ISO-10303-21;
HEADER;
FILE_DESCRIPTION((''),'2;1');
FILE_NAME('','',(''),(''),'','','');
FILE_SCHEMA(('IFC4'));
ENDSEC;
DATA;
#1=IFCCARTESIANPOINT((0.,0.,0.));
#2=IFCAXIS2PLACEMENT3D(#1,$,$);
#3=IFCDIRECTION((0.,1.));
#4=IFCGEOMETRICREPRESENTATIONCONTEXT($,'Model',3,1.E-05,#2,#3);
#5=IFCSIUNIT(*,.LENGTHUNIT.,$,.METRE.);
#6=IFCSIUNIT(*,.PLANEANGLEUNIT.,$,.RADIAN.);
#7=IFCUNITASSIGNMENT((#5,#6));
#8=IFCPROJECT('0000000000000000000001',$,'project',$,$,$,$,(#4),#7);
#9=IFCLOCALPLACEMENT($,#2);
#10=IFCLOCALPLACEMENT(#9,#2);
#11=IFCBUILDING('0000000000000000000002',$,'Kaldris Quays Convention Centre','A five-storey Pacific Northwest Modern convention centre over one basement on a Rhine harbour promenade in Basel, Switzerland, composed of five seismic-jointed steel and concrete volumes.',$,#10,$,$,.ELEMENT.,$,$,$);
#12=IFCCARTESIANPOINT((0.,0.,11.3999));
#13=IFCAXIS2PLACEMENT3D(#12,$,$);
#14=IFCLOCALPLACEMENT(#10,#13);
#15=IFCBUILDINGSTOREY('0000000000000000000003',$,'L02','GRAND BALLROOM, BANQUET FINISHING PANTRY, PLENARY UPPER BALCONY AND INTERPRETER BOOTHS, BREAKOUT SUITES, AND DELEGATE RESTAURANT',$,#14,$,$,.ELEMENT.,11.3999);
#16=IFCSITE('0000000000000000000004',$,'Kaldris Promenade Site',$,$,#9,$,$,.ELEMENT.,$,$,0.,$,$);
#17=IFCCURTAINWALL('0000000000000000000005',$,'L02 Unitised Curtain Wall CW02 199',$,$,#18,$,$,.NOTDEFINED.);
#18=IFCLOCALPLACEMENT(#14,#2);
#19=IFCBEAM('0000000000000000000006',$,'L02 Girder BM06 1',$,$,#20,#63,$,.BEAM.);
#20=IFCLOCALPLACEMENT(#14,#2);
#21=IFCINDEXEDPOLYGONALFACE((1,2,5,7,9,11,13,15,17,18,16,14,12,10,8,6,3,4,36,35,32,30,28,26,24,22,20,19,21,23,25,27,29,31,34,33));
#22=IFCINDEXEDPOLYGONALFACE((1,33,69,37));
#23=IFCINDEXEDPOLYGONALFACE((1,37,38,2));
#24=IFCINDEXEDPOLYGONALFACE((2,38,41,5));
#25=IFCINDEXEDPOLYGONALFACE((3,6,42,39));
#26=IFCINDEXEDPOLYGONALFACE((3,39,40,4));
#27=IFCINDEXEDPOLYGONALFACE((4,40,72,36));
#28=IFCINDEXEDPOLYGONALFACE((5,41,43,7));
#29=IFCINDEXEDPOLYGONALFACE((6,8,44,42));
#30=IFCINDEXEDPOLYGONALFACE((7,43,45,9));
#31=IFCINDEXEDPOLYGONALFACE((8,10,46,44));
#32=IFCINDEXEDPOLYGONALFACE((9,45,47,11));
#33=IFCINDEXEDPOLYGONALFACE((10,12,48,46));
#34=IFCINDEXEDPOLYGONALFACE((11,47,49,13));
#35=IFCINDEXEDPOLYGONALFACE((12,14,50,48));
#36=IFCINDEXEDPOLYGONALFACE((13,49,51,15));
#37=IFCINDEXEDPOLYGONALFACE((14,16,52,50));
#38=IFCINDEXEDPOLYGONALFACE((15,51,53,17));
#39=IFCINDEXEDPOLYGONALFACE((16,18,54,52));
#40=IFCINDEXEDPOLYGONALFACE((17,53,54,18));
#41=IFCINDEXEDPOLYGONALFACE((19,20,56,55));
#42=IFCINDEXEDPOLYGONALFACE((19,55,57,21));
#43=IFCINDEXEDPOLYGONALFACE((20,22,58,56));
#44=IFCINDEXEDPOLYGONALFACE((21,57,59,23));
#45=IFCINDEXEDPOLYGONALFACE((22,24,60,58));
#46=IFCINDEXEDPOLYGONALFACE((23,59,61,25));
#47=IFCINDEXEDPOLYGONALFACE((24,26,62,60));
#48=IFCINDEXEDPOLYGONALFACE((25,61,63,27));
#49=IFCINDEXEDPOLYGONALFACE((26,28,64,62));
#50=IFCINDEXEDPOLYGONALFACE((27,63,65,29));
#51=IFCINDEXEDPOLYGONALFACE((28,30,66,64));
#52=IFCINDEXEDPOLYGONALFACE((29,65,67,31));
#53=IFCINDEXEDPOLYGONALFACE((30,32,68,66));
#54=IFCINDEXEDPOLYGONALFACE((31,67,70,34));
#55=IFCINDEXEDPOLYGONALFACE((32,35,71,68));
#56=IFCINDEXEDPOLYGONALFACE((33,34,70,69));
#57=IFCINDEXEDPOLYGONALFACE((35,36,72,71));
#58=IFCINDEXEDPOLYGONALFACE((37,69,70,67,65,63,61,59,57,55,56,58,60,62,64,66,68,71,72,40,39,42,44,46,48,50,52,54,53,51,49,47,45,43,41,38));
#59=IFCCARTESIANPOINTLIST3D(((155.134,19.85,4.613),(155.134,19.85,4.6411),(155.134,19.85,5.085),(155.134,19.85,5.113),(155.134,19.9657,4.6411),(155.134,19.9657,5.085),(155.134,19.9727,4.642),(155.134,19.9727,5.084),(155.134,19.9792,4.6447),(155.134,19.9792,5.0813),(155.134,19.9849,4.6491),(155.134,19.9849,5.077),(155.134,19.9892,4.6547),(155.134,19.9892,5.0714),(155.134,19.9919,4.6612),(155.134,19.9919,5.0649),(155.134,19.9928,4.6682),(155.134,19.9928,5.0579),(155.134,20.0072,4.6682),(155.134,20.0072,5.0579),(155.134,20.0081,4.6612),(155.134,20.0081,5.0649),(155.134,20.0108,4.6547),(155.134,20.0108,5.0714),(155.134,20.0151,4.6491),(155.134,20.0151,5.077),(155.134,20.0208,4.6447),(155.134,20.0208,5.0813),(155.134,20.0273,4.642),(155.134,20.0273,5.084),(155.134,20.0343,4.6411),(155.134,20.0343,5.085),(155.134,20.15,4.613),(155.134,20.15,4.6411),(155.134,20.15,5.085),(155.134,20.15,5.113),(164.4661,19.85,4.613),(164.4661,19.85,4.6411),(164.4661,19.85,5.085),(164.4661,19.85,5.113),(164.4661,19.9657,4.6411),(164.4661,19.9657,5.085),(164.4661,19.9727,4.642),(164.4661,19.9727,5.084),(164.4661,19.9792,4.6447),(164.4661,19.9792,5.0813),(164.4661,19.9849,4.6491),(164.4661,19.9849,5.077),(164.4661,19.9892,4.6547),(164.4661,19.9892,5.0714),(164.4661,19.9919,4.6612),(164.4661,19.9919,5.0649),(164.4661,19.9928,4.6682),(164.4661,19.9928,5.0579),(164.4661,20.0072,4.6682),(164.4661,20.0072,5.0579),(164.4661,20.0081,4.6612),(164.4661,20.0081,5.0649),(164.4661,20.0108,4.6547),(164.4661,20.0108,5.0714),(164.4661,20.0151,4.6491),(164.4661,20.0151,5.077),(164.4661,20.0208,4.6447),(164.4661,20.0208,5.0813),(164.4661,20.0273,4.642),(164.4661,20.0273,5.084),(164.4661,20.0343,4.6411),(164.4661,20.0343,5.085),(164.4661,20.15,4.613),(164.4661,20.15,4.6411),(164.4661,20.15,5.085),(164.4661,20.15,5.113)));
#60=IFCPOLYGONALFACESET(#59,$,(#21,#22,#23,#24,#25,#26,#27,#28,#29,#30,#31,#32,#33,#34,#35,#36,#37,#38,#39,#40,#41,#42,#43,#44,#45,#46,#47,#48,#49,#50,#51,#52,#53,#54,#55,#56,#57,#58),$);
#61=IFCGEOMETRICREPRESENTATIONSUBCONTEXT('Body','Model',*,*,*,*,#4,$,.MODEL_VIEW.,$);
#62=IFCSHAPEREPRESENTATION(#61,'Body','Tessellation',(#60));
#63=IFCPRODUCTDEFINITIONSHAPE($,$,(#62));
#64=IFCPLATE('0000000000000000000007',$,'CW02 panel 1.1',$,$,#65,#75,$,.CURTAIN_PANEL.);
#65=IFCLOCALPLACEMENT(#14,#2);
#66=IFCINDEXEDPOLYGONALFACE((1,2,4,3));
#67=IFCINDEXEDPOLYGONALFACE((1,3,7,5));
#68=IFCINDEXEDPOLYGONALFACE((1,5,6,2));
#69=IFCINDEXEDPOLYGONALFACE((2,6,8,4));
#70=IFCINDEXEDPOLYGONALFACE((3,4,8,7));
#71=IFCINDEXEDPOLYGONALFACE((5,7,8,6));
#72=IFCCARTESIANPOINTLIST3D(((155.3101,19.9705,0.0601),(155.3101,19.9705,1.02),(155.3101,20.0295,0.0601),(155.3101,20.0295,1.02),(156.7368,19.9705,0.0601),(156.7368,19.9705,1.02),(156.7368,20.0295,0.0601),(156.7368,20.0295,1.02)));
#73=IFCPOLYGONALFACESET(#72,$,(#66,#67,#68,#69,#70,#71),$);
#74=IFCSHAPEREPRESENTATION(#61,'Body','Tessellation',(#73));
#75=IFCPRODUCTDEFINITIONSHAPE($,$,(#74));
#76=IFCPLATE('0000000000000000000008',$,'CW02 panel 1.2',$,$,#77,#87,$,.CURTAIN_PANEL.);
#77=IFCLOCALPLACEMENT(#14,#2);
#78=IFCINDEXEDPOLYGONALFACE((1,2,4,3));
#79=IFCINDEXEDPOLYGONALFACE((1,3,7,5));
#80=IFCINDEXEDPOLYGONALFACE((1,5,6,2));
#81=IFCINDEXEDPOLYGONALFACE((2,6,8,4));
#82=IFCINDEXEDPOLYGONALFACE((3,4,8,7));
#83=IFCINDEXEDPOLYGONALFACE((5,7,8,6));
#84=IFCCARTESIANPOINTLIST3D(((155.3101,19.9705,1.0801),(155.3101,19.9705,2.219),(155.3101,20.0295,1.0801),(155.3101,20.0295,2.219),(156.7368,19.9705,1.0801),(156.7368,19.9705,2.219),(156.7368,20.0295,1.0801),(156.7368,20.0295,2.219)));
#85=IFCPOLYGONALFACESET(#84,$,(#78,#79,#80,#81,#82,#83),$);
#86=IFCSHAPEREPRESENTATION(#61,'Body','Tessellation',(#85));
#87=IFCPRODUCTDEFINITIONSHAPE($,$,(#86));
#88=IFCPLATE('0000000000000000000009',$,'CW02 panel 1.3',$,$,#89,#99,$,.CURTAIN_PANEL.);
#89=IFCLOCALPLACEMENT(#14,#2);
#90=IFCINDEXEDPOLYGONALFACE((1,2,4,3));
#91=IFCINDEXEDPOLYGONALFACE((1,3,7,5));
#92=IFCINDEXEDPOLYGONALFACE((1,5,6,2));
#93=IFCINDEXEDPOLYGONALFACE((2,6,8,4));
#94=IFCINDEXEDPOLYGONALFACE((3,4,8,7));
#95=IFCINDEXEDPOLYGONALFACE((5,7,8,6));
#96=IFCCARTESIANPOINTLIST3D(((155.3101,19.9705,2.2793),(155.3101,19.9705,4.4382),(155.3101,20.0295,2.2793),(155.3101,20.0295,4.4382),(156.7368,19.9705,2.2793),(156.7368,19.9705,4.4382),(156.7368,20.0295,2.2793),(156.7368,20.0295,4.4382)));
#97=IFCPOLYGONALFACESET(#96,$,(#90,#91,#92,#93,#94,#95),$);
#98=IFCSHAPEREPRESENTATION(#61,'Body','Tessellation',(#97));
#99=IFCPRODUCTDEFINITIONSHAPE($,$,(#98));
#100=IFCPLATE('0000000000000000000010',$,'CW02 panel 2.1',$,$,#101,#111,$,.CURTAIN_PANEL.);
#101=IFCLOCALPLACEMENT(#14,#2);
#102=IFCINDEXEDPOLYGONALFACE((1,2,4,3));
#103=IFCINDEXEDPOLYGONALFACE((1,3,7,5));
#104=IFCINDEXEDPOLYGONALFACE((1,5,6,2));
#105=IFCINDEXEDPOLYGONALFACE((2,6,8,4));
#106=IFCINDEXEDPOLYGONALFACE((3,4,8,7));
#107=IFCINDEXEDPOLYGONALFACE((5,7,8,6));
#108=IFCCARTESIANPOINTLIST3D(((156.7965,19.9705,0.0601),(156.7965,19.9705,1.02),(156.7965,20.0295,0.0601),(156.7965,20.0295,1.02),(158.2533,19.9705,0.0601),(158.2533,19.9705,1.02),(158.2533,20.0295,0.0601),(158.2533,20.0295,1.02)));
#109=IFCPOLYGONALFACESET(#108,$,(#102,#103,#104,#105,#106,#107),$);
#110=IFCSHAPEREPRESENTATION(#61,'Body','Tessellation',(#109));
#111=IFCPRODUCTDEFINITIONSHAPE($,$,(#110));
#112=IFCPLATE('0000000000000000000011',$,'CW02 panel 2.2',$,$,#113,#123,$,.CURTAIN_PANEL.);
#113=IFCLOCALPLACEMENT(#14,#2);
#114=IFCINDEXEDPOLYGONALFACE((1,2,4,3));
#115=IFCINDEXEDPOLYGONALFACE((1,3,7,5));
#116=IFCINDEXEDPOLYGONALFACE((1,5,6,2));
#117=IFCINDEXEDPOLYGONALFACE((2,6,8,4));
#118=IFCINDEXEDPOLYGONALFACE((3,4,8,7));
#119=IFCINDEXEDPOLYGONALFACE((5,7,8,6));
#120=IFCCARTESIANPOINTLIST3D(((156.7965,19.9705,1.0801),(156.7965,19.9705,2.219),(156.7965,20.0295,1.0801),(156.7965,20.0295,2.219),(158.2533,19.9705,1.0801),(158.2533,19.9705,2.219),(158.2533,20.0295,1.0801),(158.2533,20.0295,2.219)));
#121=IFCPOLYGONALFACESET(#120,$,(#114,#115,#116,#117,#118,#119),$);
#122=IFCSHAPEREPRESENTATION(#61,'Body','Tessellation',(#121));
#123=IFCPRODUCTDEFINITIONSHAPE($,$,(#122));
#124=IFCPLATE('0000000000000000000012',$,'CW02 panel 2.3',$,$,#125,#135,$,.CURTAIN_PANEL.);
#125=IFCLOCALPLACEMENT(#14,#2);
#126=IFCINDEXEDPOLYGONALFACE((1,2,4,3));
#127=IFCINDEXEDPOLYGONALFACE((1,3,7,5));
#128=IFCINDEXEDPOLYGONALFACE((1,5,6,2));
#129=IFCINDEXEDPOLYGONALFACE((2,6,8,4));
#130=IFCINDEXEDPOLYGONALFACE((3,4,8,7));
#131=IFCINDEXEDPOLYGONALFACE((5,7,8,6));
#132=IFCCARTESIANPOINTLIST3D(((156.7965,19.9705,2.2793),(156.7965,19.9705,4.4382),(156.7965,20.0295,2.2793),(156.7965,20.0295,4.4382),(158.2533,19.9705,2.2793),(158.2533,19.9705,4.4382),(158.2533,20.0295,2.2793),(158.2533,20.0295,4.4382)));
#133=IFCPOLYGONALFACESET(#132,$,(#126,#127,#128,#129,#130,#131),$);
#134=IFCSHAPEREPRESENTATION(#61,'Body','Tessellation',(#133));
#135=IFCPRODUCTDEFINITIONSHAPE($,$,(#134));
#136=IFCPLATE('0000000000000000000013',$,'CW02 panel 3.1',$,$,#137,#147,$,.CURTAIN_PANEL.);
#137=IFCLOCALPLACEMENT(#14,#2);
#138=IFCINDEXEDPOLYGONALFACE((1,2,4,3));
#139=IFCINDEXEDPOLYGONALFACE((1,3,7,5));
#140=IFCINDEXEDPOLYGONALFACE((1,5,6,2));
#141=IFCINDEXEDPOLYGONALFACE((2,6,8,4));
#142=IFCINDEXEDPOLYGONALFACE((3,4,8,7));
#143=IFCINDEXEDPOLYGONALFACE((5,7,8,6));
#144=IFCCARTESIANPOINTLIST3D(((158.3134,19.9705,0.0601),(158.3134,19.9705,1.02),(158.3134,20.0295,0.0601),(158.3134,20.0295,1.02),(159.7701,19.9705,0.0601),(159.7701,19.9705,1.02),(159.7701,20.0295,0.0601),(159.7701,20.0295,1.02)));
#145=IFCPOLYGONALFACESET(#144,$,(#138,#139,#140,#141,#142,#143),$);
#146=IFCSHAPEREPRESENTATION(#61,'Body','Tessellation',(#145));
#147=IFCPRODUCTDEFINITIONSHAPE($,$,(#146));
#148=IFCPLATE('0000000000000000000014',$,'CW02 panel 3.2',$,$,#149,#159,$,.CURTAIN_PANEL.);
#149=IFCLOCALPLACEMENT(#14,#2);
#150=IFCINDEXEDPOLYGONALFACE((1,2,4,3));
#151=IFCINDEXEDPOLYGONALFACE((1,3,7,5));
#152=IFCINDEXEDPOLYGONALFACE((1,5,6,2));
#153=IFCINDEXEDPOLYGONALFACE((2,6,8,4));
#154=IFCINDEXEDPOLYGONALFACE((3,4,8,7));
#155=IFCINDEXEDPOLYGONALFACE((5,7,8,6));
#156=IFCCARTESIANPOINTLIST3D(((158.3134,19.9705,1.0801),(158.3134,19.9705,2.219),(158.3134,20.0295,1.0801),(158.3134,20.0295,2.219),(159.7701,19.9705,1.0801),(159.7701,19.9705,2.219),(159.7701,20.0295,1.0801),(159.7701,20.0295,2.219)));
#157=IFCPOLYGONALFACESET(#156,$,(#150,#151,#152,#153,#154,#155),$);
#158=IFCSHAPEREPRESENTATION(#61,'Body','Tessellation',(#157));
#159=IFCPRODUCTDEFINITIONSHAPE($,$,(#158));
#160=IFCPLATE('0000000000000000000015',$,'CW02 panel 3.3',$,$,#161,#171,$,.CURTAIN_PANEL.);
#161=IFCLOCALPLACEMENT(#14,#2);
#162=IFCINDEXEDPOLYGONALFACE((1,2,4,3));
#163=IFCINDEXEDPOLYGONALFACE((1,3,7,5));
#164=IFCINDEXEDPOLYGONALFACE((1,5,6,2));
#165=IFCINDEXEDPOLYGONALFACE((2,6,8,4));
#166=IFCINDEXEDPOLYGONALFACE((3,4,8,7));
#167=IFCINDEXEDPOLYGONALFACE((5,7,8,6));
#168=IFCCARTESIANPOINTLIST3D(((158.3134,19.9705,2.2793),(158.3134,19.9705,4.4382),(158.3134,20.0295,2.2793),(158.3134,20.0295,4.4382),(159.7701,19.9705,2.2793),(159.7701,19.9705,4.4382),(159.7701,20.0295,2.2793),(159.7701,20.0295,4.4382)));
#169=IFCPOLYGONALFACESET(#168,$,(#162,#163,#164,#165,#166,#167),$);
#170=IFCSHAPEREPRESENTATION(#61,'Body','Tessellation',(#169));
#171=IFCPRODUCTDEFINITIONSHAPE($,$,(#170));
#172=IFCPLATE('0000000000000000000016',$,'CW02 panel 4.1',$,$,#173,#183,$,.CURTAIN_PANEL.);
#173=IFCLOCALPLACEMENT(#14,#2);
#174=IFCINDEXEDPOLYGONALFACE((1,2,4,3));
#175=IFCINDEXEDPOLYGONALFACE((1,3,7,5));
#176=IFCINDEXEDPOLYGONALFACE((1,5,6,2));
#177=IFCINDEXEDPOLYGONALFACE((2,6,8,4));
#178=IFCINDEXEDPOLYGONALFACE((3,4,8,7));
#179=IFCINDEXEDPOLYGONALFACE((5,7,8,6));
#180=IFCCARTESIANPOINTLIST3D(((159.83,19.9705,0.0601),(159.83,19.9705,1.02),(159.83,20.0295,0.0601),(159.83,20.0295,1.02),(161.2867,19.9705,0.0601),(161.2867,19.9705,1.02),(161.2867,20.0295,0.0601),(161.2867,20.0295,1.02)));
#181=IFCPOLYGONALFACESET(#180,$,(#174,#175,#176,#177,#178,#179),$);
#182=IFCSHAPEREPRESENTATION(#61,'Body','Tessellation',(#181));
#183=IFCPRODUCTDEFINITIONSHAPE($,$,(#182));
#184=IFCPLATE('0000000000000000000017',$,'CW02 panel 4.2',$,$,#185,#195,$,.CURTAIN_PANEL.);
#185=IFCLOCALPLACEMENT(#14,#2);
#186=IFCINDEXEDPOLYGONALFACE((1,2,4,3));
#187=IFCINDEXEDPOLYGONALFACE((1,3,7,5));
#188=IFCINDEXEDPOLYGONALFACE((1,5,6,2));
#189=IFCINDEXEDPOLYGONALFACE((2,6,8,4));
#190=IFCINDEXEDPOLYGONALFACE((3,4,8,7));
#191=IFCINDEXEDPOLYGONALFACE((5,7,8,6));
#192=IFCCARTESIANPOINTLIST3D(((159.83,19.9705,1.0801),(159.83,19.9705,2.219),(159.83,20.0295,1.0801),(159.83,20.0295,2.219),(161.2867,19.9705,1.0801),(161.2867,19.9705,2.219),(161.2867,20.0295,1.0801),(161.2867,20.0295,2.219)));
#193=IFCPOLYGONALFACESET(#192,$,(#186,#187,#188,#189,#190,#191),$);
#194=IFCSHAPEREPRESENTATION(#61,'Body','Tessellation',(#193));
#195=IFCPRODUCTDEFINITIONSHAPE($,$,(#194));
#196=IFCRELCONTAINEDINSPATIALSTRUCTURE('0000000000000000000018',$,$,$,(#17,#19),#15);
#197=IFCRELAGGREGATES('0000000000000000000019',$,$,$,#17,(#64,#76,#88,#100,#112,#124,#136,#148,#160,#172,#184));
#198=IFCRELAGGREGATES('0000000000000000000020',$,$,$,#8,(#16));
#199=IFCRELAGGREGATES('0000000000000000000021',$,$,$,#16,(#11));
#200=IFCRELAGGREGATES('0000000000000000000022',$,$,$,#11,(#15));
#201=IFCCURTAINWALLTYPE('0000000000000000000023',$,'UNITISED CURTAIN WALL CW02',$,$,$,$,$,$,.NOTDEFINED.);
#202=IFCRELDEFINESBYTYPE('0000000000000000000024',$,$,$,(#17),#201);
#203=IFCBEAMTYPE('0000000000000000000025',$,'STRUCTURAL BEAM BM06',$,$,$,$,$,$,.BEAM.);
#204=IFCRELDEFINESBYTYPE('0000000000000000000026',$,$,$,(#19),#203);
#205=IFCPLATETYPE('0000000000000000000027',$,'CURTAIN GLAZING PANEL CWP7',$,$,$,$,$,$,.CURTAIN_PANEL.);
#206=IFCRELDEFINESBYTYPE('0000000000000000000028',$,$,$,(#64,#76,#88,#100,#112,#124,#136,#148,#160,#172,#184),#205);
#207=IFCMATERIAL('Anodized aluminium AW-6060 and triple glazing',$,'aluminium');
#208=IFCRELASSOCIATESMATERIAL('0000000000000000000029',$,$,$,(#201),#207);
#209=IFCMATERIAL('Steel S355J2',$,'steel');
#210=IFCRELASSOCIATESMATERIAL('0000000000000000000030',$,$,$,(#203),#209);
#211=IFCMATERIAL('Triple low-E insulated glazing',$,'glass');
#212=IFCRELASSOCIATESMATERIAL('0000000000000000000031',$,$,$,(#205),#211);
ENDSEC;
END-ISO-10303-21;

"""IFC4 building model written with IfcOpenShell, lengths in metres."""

from ifc_helpers import new_model, si_unit, direction, frame, origin, origin_2d, place, context, subcontext, project, spatial, rectangle, i_section, extrude, material, material_profile, profile_set, type_object, element, aggregate, save


model = new_model("IFC4")

# Units and contexts
model_context = context("Model", 3, precision=1e-05, world=origin(), true_north=direction((0.0, 1.0)))
body_context = subcontext(model_context, "Body", "Model", "MODEL_VIEW")
ifc_project = project(units=[si_unit("LENGTHUNIT", "METRE"), si_unit("PLANEANGLEUNIT", "RADIAN")], contexts=[model_context])

# Site, building, storey
site_placement = place(None, origin())
site = spatial("IfcSite", under=ifc_project, at=site_placement, Name="Kaldris Promenade Site", CompositionType="ELEMENT", RefElevation=0.0)
building_placement = place(site_placement, origin())
building = spatial("IfcBuilding", under=site, at=building_placement, Name="Kaldris Quays Convention Centre", Description="A five-storey Pacific Northwest Modern convention centre over one basement on a Rhine harbour promenade in Basel, Switzerland, composed of five seismic-jointed steel and concrete volumes.", CompositionType="ELEMENT")
storey_placement = place(building_placement, frame((0.0, 0.0, 11.3999)))
storey = spatial("IfcBuildingStorey", under=building, at=storey_placement, Name="L02", Description="GRAND BALLROOM, BANQUET FINISHING PANTRY, PLENARY UPPER BALCONY AND INTERPRETER BOOTHS, BREAKOUT SUITES, AND DELEGATE RESTAURANT", CompositionType="ELEMENT", Elevation=11.3999)

# Curtain wall
ifc_material_1 = material(Name="Anodized aluminium AW-6060 and triple glazing", Category="aluminium")
curtain_wall_type = type_object("IfcCurtainWallType", Name="UNITISED CURTAIN WALL CW02", PredefinedType="NOTDEFINED", material=ifc_material_1)
curtain_wall_placement = place(storey_placement, origin())
curtain_wall = element("IfcCurtainWall", 1, at=curtain_wall_placement, inside=storey, type_object=curtain_wall_type, Name="L02 Unitised Curtain Wall CW02 199", PredefinedType="NOTDEFINED")

# Beam
ifc_material_2 = material(Name="Steel S355J2", Category="steel")
ifc_material_profile_1 = material_profile(ifc_material_2, i_section(OverallWidth=0.3, OverallDepth=0.5, WebThickness=0.0144, FlangeThickness=0.0281, FilletRadius=0.0271, at=origin_2d()), Name="HEB 500")
ifc_profile_set_1 = profile_set([ifc_material_profile_1], Name="Steel S355J2")
beam_type = type_object("IfcBeamType", Name="STRUCTURAL BEAM BM06", PredefinedType="BEAM", material=ifc_profile_set_1)
beam_placement = place(storey_placement, frame((155.134, 20.0, 4.863), z_axis=(1.0, 0.0, 0.0), x_axis=(0.0, 1.0, 0.0)))
element("IfcBeam", 2, at=beam_placement, inside=storey, type_object=beam_type, Name="L02 Girder BM06 1", PredefinedType="BEAM", context=body_context, shape_type="SweptSolid", body=[
    extrude(i_section(OverallWidth=0.3, OverallDepth=0.5, WebThickness=0.0144, FlangeThickness=0.0281, FilletRadius=0.0271, at=origin_2d()), origin(), (0.0, 0.0, 1.0), 9.332),
])

# Plates
ifc_material_3 = material(Name="Triple low-E insulated glazing", Category="glass")
plate_type = type_object("IfcPlateType", Name="CURTAIN GLAZING PANEL CWP7", PredefinedType="CURTAIN_PANEL", material=ifc_material_3)
plate_1_placement = place(storey_placement, frame((156.0234, 20.0, 0.0601), z_axis=(0.0, 0.0, 1.0), x_axis=(1.0, 0.0, 0.0)))
plate_1 = element("IfcPlate", 3, at=plate_1_placement, type_object=plate_type, Name="CW02 panel 1.1", PredefinedType="CURTAIN_PANEL", context=body_context, shape_type="SweptSolid", body=[
    extrude(rectangle(XDim=1.4268, YDim=0.0591, at=origin_2d()), origin(), (0.0, 0.0, 1.0), 0.96),
])
plate_2_placement = place(storey_placement, frame((156.0234, 20.0, 1.0801), z_axis=(0.0, 0.0, 1.0), x_axis=(1.0, 0.0, 0.0)))
plate_2 = element("IfcPlate", 4, at=plate_2_placement, type_object=plate_type, Name="CW02 panel 1.2", PredefinedType="CURTAIN_PANEL", context=body_context, shape_type="SweptSolid", body=[
    extrude(rectangle(XDim=1.4268, YDim=0.0591, at=origin_2d()), origin(), (0.0, 0.0, 1.0), 1.1389),
])
plate_3_placement = place(storey_placement, frame((156.0234, 20.0, 2.2793), z_axis=(0.0, 0.0, 1.0), x_axis=(1.0, 0.0, 0.0)))
plate_3 = element("IfcPlate", 5, at=plate_3_placement, type_object=plate_type, Name="CW02 panel 1.3", PredefinedType="CURTAIN_PANEL", context=body_context, shape_type="SweptSolid", body=[
    extrude(rectangle(XDim=1.4268, YDim=0.0591, at=origin_2d()), origin(), (0.0, 0.0, 1.0), 2.1589),
])
plate_4_placement = place(storey_placement, frame((157.5249, 20.0, 0.0601), z_axis=(0.0, 0.0, 1.0), x_axis=(1.0, 0.0, 0.0)))
plate_4 = element("IfcPlate", 6, at=plate_4_placement, type_object=plate_type, Name="CW02 panel 2.1", PredefinedType="CURTAIN_PANEL", context=body_context, shape_type="SweptSolid", body=[
    extrude(rectangle(XDim=1.4568, YDim=0.0591, at=origin_2d()), origin(), (0.0, 0.0, 1.0), 0.96),
])
plate_5_placement = place(storey_placement, frame((157.5249, 20.0, 1.0801), z_axis=(0.0, 0.0, 1.0), x_axis=(1.0, 0.0, 0.0)))
plate_5 = element("IfcPlate", 7, at=plate_5_placement, type_object=plate_type, Name="CW02 panel 2.2", PredefinedType="CURTAIN_PANEL", context=body_context, shape_type="SweptSolid", body=[
    extrude(rectangle(XDim=1.4568, YDim=0.0591, at=origin_2d()), origin(), (0.0, 0.0, 1.0), 1.1389),
])
plate_6_placement = place(storey_placement, frame((157.5249, 20.0, 2.2793), z_axis=(0.0, 0.0, 1.0), x_axis=(1.0, 0.0, 0.0)))
plate_6 = element("IfcPlate", 8, at=plate_6_placement, type_object=plate_type, Name="CW02 panel 2.3", PredefinedType="CURTAIN_PANEL", context=body_context, shape_type="SweptSolid", body=[
    extrude(rectangle(XDim=1.4568, YDim=0.0591, at=origin_2d()), origin(), (0.0, 0.0, 1.0), 2.1589),
])
plate_7_placement = place(storey_placement, frame((159.0417, 20.0, 0.0601), z_axis=(0.0, 0.0, 1.0), x_axis=(1.0, 0.0, 0.0)))
plate_7 = element("IfcPlate", 9, at=plate_7_placement, type_object=plate_type, Name="CW02 panel 3.1", PredefinedType="CURTAIN_PANEL", context=body_context, shape_type="SweptSolid", body=[
    extrude(rectangle(XDim=1.4568, YDim=0.0591, at=origin_2d()), origin(), (0.0, 0.0, 1.0), 0.96),
])
plate_8_placement = place(storey_placement, frame((159.0417, 20.0, 1.0801), z_axis=(0.0, 0.0, 1.0), x_axis=(1.0, 0.0, 0.0)))
plate_8 = element("IfcPlate", 10, at=plate_8_placement, type_object=plate_type, Name="CW02 panel 3.2", PredefinedType="CURTAIN_PANEL", context=body_context, shape_type="SweptSolid", body=[
    extrude(rectangle(XDim=1.4568, YDim=0.0591, at=origin_2d()), origin(), (0.0, 0.0, 1.0), 1.1389),
])
plate_9_placement = place(storey_placement, frame((159.0417, 20.0, 2.2793), z_axis=(0.0, 0.0, 1.0), x_axis=(1.0, 0.0, 0.0)))
plate_9 = element("IfcPlate", 11, at=plate_9_placement, type_object=plate_type, Name="CW02 panel 3.3", PredefinedType="CURTAIN_PANEL", context=body_context, shape_type="SweptSolid", body=[
    extrude(rectangle(XDim=1.4568, YDim=0.0591, at=origin_2d()), origin(), (0.0, 0.0, 1.0), 2.1589),
])
plate_10_placement = place(storey_placement, frame((160.5583, 20.0, 0.0601), z_axis=(0.0, 0.0, 1.0), x_axis=(1.0, 0.0, 0.0)))
plate_10 = element("IfcPlate", 12, at=plate_10_placement, type_object=plate_type, Name="CW02 panel 4.1", PredefinedType="CURTAIN_PANEL", context=body_context, shape_type="SweptSolid", body=[
    extrude(rectangle(XDim=1.4568, YDim=0.0591, at=origin_2d()), origin(), (0.0, 0.0, 1.0), 0.96),
])
plate_11_placement = place(storey_placement, frame((160.5583, 20.0, 1.0801), z_axis=(0.0, 0.0, 1.0), x_axis=(1.0, 0.0, 0.0)))
plate_11 = element("IfcPlate", 13, at=plate_11_placement, type_object=plate_type, Name="CW02 panel 4.2", PredefinedType="CURTAIN_PANEL", context=body_context, shape_type="SweptSolid", body=[
    extrude(rectangle(XDim=1.4568, YDim=0.0591, at=origin_2d()), origin(), (0.0, 0.0, 1.0), 1.1389),
])
aggregate(curtain_wall, [plate_1, plate_2, plate_3, plate_4, plate_5, plate_6, plate_7, plate_8, plate_9, plate_10, plate_11])

save(model, "model.ifc")
